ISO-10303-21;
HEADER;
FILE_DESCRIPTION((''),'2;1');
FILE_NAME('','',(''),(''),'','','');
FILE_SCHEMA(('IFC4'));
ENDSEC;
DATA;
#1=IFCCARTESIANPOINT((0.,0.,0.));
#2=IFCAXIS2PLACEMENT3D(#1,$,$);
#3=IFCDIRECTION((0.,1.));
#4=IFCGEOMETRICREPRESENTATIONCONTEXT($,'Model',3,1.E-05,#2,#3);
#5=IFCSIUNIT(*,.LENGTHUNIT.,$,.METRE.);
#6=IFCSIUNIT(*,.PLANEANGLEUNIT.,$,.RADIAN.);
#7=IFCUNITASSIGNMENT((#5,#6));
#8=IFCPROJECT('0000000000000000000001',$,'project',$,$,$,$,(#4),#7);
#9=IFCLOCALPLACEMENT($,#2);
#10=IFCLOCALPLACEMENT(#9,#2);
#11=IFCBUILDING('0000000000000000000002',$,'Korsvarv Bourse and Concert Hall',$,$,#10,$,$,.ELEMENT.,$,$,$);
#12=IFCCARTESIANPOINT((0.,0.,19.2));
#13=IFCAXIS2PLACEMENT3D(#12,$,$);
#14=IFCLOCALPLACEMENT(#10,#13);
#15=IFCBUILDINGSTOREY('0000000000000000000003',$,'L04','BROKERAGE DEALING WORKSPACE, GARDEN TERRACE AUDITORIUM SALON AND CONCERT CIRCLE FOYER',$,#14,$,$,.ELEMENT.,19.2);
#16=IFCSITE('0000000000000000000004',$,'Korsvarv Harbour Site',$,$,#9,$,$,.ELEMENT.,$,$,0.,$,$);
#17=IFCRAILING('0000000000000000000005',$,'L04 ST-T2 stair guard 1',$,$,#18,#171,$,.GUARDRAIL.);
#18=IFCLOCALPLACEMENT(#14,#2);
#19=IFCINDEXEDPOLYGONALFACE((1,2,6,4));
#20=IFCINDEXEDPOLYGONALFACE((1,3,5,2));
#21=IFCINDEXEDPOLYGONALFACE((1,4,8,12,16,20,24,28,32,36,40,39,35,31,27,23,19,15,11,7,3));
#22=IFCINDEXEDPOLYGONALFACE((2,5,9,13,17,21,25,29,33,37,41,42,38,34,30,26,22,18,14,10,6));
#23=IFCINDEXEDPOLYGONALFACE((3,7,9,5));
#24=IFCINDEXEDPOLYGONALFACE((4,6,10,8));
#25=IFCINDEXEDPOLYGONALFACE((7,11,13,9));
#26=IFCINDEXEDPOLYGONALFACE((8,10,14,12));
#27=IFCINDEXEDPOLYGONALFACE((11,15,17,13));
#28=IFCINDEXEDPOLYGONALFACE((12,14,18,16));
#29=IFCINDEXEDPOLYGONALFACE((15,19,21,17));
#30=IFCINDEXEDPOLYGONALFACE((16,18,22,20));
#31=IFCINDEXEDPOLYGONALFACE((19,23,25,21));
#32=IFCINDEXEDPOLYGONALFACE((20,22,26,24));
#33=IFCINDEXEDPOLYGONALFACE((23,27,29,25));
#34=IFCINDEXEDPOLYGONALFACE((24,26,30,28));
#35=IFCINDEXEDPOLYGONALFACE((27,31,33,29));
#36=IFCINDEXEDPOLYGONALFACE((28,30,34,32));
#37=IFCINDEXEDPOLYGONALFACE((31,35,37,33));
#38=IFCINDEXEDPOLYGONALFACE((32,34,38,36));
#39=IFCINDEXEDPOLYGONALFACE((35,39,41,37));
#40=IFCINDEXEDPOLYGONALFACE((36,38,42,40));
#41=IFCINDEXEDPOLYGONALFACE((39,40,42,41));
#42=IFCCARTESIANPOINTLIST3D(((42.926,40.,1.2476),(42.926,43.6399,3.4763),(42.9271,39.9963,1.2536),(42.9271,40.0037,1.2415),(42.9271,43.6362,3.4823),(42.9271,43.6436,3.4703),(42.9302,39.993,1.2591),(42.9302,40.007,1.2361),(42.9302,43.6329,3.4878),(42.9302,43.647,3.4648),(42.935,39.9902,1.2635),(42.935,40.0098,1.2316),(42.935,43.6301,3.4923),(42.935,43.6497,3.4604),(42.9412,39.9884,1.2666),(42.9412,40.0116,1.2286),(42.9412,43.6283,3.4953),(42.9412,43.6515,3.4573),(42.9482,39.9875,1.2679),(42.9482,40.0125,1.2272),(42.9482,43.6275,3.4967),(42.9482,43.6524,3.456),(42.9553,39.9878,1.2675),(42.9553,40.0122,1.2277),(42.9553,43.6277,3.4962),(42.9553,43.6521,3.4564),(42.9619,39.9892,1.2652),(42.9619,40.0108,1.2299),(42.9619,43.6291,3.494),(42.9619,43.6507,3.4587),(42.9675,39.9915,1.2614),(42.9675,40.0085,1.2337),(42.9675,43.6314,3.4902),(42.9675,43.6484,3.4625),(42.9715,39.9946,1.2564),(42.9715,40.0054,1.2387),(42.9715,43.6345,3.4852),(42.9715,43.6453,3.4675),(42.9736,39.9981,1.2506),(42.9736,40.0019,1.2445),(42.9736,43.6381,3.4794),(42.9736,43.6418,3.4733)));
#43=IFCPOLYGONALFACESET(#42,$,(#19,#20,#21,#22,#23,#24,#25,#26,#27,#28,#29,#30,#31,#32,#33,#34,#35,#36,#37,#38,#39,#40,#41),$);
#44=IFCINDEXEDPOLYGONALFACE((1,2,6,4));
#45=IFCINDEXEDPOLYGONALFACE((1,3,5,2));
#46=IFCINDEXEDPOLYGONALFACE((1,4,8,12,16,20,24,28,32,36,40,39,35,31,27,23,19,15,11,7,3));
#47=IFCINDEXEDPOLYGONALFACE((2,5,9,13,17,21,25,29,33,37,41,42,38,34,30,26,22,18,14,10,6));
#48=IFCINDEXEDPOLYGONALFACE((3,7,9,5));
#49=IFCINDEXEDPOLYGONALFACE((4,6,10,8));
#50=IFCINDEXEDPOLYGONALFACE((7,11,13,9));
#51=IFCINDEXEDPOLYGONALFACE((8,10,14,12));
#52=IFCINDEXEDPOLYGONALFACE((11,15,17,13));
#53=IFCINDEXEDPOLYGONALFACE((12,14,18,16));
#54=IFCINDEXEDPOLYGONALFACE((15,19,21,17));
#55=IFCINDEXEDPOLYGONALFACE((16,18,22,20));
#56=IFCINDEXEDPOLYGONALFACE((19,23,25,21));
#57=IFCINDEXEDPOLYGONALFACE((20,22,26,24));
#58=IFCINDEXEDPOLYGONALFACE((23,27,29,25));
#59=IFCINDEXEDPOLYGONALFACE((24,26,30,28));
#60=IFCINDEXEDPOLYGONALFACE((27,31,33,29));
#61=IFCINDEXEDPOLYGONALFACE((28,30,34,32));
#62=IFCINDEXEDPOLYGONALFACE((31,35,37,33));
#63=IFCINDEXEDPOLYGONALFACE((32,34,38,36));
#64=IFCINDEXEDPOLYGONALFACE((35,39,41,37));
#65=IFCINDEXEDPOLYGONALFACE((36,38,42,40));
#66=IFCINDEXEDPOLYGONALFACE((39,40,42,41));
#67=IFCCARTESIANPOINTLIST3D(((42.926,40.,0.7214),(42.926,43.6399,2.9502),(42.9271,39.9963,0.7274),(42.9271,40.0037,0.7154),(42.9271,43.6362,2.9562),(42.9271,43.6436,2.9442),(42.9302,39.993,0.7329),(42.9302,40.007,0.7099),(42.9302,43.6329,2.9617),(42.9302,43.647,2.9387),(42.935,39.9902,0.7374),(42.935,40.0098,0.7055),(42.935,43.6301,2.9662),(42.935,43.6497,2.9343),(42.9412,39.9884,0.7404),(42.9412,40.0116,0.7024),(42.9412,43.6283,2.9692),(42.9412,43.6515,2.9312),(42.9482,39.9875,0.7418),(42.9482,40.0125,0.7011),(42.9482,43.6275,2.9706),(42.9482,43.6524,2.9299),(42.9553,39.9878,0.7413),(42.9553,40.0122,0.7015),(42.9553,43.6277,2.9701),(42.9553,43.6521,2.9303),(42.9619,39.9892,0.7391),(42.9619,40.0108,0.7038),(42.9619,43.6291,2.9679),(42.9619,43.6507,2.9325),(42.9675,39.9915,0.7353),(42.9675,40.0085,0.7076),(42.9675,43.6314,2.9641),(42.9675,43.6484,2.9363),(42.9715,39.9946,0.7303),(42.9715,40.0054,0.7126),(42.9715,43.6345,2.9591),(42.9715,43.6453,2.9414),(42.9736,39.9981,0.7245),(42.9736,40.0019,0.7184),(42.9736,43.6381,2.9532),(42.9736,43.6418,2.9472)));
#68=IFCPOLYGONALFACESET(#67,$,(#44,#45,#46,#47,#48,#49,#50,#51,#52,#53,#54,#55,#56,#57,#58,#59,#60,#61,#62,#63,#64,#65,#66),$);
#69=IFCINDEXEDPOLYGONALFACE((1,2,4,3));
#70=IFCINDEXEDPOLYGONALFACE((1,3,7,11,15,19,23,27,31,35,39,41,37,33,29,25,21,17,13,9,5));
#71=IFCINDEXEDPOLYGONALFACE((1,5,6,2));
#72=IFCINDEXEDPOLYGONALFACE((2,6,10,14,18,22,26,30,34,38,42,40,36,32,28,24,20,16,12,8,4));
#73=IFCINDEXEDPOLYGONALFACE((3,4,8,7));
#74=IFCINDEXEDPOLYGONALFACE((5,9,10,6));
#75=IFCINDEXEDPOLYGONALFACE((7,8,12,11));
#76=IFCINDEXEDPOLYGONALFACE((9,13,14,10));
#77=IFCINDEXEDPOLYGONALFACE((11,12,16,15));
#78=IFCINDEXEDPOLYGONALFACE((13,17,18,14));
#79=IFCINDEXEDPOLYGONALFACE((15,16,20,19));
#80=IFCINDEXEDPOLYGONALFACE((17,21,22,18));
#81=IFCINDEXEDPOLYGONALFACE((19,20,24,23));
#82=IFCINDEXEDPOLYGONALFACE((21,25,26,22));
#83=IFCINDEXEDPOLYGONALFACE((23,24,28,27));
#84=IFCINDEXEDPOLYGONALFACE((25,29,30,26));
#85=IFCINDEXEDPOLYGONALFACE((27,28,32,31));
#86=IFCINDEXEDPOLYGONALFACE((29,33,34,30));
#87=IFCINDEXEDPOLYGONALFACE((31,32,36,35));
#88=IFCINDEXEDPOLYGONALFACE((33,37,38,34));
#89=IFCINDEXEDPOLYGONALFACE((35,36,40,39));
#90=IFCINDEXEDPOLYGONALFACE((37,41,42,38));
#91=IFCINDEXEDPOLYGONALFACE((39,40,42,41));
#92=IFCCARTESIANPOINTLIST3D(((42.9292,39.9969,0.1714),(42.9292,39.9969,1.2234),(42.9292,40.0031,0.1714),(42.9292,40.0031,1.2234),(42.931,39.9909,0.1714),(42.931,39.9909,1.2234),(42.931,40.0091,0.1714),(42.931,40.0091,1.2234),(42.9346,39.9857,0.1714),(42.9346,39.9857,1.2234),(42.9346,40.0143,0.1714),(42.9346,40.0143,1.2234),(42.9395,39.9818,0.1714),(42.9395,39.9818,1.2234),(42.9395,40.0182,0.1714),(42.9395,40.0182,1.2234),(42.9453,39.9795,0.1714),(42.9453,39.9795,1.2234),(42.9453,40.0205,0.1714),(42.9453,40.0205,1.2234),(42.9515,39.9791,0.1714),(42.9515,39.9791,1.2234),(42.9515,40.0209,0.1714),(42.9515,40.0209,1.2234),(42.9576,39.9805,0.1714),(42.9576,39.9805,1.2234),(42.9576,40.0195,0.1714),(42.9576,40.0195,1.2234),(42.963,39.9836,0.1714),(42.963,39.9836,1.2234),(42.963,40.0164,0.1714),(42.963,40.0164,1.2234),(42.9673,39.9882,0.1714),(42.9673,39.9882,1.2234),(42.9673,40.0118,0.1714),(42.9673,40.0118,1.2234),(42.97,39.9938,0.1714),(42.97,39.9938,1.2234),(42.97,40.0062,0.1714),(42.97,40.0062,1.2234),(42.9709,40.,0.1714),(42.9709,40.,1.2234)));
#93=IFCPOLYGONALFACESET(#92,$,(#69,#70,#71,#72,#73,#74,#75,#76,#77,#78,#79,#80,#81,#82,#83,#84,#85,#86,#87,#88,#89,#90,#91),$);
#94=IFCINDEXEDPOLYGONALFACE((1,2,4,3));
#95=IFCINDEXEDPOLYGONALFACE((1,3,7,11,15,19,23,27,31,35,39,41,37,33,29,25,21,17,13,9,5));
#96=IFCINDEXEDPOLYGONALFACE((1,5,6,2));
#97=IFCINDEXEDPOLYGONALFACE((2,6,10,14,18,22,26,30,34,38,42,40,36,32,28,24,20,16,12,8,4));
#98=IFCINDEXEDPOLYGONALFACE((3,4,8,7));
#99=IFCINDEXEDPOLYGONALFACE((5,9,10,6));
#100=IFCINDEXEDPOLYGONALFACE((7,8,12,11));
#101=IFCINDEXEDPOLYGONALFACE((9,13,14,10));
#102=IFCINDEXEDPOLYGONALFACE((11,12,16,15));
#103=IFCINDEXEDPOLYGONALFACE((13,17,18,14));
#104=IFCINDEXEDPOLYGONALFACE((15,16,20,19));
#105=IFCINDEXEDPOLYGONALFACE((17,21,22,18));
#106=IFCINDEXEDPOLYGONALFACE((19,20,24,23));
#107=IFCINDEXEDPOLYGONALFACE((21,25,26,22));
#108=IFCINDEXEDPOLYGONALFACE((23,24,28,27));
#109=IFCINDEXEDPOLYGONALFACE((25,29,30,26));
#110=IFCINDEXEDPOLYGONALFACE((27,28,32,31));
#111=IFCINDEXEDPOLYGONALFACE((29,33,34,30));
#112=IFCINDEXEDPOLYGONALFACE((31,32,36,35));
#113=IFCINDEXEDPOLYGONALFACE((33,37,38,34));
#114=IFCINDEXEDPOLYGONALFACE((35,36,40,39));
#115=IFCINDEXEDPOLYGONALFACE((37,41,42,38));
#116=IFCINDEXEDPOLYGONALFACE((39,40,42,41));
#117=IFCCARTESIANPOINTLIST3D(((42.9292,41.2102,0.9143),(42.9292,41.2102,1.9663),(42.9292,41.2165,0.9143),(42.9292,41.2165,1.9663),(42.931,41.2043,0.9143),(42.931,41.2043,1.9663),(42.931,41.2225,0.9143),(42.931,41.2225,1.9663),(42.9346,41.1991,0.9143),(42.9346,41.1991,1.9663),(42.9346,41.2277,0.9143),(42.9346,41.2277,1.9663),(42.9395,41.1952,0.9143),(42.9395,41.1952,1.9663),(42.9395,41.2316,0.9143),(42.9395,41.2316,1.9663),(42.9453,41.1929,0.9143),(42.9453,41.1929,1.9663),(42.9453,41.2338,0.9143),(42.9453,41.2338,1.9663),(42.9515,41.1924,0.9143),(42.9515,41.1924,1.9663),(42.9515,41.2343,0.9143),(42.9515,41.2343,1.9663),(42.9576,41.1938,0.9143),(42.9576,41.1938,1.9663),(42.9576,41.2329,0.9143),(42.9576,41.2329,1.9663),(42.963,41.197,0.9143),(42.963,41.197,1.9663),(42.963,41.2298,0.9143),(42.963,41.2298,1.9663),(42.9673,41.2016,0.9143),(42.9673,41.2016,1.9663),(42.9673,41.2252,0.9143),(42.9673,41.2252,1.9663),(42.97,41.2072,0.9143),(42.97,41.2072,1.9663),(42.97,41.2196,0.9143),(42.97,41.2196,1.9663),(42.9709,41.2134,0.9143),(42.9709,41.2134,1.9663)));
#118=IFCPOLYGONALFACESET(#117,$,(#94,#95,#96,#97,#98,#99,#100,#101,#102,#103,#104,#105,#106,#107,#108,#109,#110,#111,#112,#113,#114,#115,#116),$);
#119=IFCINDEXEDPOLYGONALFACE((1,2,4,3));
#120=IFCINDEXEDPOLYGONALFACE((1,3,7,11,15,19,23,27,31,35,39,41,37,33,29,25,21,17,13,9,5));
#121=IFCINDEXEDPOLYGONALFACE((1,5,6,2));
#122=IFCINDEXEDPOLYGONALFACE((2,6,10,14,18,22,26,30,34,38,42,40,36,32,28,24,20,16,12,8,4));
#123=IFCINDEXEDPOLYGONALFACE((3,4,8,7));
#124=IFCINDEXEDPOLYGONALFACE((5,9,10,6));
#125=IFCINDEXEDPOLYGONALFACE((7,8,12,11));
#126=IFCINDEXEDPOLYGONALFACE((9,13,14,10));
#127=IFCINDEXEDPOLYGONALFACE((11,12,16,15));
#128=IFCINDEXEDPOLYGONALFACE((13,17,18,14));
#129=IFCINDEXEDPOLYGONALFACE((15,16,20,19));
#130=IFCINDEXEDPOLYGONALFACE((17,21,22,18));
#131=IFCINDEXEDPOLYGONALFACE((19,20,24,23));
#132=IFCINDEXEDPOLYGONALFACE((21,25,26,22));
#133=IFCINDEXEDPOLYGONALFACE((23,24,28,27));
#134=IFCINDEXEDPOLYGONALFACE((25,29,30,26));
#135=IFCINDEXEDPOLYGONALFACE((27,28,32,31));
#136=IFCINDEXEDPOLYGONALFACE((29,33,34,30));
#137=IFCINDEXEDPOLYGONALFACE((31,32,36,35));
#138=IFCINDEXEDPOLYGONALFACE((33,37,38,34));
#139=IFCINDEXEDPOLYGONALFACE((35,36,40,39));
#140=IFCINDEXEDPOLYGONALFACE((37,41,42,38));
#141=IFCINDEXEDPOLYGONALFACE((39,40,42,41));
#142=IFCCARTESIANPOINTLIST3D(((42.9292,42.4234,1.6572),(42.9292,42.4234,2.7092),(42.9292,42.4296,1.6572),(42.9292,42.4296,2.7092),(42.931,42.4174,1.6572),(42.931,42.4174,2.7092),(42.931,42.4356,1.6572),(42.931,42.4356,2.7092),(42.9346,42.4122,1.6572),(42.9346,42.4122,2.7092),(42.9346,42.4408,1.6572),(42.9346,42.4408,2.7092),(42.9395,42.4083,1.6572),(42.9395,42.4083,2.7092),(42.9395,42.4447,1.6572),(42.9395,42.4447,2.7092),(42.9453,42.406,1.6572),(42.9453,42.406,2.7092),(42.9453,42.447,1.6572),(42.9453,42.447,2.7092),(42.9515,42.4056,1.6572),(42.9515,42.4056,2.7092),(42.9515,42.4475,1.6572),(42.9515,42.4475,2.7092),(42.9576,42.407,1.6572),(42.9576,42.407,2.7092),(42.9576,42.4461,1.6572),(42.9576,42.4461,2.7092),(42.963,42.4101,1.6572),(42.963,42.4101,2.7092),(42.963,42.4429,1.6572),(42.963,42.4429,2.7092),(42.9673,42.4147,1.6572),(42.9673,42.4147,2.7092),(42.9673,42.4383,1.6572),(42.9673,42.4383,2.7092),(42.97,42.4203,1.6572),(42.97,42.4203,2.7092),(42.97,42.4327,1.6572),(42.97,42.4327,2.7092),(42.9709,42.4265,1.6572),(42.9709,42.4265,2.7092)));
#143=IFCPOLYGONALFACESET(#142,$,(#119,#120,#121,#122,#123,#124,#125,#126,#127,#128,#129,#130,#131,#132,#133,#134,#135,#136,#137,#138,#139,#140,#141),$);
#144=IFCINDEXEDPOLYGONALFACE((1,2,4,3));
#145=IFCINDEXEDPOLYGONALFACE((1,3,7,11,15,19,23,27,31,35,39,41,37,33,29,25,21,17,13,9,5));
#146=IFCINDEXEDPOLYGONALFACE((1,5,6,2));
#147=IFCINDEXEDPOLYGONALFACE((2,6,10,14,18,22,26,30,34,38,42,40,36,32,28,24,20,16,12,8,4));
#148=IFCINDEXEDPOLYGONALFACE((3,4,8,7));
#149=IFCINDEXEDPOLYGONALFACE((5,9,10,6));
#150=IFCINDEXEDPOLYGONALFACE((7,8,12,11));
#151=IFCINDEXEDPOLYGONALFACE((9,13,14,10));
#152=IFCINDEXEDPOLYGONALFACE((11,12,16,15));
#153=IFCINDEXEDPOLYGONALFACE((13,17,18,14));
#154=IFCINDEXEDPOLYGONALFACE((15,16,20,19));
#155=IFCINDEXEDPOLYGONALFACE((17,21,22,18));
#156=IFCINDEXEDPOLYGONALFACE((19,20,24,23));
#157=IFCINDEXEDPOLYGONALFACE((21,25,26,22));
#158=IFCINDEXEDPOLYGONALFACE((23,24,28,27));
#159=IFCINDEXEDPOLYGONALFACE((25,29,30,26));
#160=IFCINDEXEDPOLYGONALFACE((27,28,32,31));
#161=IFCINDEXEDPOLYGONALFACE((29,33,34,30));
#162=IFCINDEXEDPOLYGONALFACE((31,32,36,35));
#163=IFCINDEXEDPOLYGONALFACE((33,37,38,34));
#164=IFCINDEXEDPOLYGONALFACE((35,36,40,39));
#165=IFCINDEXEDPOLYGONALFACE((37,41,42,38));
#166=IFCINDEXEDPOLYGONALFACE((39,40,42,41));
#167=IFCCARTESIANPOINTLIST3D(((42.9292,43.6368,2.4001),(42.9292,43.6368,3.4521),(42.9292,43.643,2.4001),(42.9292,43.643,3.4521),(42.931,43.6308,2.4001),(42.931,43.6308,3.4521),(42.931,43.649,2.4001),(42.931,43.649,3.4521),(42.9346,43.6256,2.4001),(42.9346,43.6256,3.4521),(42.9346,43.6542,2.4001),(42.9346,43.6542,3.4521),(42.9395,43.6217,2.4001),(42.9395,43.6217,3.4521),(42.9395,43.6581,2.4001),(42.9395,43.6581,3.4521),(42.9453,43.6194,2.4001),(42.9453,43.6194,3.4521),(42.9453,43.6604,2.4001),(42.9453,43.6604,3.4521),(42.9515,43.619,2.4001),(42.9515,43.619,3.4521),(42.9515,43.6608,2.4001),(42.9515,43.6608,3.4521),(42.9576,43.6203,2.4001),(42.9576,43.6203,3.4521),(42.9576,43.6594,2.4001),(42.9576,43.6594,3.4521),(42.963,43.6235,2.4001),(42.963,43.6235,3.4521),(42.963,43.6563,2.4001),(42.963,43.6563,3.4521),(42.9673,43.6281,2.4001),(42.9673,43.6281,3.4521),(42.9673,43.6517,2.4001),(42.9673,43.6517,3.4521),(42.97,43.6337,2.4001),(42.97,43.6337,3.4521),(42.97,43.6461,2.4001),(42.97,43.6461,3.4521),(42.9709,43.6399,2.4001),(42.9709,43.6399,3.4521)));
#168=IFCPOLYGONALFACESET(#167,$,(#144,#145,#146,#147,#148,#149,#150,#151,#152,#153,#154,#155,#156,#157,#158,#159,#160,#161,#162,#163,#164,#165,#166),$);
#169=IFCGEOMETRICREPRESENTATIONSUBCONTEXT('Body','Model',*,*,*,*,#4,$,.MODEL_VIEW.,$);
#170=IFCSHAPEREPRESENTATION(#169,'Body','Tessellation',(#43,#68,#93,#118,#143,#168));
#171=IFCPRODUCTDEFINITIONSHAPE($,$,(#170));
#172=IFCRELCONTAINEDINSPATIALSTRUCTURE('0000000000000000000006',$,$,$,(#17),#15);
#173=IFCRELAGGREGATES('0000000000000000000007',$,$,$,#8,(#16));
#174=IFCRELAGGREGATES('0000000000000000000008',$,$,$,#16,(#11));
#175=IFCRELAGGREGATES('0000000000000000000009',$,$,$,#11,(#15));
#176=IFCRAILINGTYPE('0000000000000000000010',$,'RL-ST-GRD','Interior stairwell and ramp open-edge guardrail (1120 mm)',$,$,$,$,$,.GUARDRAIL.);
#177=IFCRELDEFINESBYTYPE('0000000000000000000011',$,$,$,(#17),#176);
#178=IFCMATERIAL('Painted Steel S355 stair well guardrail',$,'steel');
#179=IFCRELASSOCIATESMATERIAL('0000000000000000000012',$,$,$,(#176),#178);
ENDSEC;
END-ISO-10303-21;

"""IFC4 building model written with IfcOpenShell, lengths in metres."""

from ifc_helpers import new_model, si_unit, direction, frame, origin, origin_2d, place, context, subcontext, project, spatial, circle, extrude, material, type_object, element, save


model = new_model("IFC4")

# Units and contexts
model_context = context("Model", 3, precision=1e-05, world=origin(), true_north=direction((0.0, 1.0)))
body_context = subcontext(model_context, "Body", "Model", "MODEL_VIEW")
ifc_project = project(units=[si_unit("LENGTHUNIT", "METRE"), si_unit("PLANEANGLEUNIT", "RADIAN")], contexts=[model_context])

# Site, building, storey
site_placement = place(None, origin())
site = spatial("IfcSite", under=ifc_project, at=site_placement, Name="Korsvarv Harbour Site", CompositionType="ELEMENT", RefElevation=0.0)
building_placement = place(site_placement, origin())
building = spatial("IfcBuilding", under=site, at=building_placement, Name="Korsvarv Bourse and Concert Hall", CompositionType="ELEMENT")
storey_placement = place(building_placement, frame((0.0, 0.0, 19.2)))
storey = spatial("IfcBuildingStorey", under=building, at=storey_placement, Name="L04", Description="BROKERAGE DEALING WORKSPACE, GARDEN TERRACE AUDITORIUM SALON AND CONCERT CIRCLE FOYER", CompositionType="ELEMENT", Elevation=19.2)

# Railing
ifc_material_1 = material(Name="Painted Steel S355 stair well guardrail", Category="steel")
railing_type_1 = type_object("IfcRailingType", Name="RL-ST-GRD", Description="Interior stairwell and ramp open-edge guardrail (1120 mm)", PredefinedType="GUARDRAIL", material=ifc_material_1)
railing_1_placement = place(storey_placement, frame((42.95, 40.0, 0.1714)))
element("IfcRailing", 1, at=railing_1_placement, inside=storey, type_object=railing_type_1, Name="L04 ST-T2 stair guard 1", PredefinedType="GUARDRAIL", context=body_context, shape_type="SweptSolid", body=[
    extrude(circle(Radius=0.0239, at=origin_2d()), frame((0.0, 0.0, 1.0762), z_axis=(0.0, 0.852825, 0.522197), x_axis=(-1.0, 0.0, 0.0)), (0.0, 0.0, 1.0), 4.2681),
    extrude(circle(Radius=0.0239, at=origin_2d()), frame((0.0, 0.0, 0.55), z_axis=(0.0, 0.852825, 0.522197), x_axis=(-1.0, 0.0, 0.0)), (0.0, 0.0, 1.0), 4.2681),
    extrude(circle(Radius=0.021, at=origin_2d()), origin(), (0.0, 0.0, 1.0), 1.052),
    extrude(circle(Radius=0.021, at=origin_2d()), frame((0.0, 1.2134, 0.7429)), (0.0, 0.0, 1.0), 1.052),
    extrude(circle(Radius=0.021, at=origin_2d()), frame((0.0, 2.4265, 1.4858)), (0.0, 0.0, 1.0), 1.052),
    extrude(circle(Radius=0.021, at=origin_2d()), frame((0.0, 3.6399, 2.2288)), (0.0, 0.0, 1.0), 1.052),
])

save(model, "model.ifc")
